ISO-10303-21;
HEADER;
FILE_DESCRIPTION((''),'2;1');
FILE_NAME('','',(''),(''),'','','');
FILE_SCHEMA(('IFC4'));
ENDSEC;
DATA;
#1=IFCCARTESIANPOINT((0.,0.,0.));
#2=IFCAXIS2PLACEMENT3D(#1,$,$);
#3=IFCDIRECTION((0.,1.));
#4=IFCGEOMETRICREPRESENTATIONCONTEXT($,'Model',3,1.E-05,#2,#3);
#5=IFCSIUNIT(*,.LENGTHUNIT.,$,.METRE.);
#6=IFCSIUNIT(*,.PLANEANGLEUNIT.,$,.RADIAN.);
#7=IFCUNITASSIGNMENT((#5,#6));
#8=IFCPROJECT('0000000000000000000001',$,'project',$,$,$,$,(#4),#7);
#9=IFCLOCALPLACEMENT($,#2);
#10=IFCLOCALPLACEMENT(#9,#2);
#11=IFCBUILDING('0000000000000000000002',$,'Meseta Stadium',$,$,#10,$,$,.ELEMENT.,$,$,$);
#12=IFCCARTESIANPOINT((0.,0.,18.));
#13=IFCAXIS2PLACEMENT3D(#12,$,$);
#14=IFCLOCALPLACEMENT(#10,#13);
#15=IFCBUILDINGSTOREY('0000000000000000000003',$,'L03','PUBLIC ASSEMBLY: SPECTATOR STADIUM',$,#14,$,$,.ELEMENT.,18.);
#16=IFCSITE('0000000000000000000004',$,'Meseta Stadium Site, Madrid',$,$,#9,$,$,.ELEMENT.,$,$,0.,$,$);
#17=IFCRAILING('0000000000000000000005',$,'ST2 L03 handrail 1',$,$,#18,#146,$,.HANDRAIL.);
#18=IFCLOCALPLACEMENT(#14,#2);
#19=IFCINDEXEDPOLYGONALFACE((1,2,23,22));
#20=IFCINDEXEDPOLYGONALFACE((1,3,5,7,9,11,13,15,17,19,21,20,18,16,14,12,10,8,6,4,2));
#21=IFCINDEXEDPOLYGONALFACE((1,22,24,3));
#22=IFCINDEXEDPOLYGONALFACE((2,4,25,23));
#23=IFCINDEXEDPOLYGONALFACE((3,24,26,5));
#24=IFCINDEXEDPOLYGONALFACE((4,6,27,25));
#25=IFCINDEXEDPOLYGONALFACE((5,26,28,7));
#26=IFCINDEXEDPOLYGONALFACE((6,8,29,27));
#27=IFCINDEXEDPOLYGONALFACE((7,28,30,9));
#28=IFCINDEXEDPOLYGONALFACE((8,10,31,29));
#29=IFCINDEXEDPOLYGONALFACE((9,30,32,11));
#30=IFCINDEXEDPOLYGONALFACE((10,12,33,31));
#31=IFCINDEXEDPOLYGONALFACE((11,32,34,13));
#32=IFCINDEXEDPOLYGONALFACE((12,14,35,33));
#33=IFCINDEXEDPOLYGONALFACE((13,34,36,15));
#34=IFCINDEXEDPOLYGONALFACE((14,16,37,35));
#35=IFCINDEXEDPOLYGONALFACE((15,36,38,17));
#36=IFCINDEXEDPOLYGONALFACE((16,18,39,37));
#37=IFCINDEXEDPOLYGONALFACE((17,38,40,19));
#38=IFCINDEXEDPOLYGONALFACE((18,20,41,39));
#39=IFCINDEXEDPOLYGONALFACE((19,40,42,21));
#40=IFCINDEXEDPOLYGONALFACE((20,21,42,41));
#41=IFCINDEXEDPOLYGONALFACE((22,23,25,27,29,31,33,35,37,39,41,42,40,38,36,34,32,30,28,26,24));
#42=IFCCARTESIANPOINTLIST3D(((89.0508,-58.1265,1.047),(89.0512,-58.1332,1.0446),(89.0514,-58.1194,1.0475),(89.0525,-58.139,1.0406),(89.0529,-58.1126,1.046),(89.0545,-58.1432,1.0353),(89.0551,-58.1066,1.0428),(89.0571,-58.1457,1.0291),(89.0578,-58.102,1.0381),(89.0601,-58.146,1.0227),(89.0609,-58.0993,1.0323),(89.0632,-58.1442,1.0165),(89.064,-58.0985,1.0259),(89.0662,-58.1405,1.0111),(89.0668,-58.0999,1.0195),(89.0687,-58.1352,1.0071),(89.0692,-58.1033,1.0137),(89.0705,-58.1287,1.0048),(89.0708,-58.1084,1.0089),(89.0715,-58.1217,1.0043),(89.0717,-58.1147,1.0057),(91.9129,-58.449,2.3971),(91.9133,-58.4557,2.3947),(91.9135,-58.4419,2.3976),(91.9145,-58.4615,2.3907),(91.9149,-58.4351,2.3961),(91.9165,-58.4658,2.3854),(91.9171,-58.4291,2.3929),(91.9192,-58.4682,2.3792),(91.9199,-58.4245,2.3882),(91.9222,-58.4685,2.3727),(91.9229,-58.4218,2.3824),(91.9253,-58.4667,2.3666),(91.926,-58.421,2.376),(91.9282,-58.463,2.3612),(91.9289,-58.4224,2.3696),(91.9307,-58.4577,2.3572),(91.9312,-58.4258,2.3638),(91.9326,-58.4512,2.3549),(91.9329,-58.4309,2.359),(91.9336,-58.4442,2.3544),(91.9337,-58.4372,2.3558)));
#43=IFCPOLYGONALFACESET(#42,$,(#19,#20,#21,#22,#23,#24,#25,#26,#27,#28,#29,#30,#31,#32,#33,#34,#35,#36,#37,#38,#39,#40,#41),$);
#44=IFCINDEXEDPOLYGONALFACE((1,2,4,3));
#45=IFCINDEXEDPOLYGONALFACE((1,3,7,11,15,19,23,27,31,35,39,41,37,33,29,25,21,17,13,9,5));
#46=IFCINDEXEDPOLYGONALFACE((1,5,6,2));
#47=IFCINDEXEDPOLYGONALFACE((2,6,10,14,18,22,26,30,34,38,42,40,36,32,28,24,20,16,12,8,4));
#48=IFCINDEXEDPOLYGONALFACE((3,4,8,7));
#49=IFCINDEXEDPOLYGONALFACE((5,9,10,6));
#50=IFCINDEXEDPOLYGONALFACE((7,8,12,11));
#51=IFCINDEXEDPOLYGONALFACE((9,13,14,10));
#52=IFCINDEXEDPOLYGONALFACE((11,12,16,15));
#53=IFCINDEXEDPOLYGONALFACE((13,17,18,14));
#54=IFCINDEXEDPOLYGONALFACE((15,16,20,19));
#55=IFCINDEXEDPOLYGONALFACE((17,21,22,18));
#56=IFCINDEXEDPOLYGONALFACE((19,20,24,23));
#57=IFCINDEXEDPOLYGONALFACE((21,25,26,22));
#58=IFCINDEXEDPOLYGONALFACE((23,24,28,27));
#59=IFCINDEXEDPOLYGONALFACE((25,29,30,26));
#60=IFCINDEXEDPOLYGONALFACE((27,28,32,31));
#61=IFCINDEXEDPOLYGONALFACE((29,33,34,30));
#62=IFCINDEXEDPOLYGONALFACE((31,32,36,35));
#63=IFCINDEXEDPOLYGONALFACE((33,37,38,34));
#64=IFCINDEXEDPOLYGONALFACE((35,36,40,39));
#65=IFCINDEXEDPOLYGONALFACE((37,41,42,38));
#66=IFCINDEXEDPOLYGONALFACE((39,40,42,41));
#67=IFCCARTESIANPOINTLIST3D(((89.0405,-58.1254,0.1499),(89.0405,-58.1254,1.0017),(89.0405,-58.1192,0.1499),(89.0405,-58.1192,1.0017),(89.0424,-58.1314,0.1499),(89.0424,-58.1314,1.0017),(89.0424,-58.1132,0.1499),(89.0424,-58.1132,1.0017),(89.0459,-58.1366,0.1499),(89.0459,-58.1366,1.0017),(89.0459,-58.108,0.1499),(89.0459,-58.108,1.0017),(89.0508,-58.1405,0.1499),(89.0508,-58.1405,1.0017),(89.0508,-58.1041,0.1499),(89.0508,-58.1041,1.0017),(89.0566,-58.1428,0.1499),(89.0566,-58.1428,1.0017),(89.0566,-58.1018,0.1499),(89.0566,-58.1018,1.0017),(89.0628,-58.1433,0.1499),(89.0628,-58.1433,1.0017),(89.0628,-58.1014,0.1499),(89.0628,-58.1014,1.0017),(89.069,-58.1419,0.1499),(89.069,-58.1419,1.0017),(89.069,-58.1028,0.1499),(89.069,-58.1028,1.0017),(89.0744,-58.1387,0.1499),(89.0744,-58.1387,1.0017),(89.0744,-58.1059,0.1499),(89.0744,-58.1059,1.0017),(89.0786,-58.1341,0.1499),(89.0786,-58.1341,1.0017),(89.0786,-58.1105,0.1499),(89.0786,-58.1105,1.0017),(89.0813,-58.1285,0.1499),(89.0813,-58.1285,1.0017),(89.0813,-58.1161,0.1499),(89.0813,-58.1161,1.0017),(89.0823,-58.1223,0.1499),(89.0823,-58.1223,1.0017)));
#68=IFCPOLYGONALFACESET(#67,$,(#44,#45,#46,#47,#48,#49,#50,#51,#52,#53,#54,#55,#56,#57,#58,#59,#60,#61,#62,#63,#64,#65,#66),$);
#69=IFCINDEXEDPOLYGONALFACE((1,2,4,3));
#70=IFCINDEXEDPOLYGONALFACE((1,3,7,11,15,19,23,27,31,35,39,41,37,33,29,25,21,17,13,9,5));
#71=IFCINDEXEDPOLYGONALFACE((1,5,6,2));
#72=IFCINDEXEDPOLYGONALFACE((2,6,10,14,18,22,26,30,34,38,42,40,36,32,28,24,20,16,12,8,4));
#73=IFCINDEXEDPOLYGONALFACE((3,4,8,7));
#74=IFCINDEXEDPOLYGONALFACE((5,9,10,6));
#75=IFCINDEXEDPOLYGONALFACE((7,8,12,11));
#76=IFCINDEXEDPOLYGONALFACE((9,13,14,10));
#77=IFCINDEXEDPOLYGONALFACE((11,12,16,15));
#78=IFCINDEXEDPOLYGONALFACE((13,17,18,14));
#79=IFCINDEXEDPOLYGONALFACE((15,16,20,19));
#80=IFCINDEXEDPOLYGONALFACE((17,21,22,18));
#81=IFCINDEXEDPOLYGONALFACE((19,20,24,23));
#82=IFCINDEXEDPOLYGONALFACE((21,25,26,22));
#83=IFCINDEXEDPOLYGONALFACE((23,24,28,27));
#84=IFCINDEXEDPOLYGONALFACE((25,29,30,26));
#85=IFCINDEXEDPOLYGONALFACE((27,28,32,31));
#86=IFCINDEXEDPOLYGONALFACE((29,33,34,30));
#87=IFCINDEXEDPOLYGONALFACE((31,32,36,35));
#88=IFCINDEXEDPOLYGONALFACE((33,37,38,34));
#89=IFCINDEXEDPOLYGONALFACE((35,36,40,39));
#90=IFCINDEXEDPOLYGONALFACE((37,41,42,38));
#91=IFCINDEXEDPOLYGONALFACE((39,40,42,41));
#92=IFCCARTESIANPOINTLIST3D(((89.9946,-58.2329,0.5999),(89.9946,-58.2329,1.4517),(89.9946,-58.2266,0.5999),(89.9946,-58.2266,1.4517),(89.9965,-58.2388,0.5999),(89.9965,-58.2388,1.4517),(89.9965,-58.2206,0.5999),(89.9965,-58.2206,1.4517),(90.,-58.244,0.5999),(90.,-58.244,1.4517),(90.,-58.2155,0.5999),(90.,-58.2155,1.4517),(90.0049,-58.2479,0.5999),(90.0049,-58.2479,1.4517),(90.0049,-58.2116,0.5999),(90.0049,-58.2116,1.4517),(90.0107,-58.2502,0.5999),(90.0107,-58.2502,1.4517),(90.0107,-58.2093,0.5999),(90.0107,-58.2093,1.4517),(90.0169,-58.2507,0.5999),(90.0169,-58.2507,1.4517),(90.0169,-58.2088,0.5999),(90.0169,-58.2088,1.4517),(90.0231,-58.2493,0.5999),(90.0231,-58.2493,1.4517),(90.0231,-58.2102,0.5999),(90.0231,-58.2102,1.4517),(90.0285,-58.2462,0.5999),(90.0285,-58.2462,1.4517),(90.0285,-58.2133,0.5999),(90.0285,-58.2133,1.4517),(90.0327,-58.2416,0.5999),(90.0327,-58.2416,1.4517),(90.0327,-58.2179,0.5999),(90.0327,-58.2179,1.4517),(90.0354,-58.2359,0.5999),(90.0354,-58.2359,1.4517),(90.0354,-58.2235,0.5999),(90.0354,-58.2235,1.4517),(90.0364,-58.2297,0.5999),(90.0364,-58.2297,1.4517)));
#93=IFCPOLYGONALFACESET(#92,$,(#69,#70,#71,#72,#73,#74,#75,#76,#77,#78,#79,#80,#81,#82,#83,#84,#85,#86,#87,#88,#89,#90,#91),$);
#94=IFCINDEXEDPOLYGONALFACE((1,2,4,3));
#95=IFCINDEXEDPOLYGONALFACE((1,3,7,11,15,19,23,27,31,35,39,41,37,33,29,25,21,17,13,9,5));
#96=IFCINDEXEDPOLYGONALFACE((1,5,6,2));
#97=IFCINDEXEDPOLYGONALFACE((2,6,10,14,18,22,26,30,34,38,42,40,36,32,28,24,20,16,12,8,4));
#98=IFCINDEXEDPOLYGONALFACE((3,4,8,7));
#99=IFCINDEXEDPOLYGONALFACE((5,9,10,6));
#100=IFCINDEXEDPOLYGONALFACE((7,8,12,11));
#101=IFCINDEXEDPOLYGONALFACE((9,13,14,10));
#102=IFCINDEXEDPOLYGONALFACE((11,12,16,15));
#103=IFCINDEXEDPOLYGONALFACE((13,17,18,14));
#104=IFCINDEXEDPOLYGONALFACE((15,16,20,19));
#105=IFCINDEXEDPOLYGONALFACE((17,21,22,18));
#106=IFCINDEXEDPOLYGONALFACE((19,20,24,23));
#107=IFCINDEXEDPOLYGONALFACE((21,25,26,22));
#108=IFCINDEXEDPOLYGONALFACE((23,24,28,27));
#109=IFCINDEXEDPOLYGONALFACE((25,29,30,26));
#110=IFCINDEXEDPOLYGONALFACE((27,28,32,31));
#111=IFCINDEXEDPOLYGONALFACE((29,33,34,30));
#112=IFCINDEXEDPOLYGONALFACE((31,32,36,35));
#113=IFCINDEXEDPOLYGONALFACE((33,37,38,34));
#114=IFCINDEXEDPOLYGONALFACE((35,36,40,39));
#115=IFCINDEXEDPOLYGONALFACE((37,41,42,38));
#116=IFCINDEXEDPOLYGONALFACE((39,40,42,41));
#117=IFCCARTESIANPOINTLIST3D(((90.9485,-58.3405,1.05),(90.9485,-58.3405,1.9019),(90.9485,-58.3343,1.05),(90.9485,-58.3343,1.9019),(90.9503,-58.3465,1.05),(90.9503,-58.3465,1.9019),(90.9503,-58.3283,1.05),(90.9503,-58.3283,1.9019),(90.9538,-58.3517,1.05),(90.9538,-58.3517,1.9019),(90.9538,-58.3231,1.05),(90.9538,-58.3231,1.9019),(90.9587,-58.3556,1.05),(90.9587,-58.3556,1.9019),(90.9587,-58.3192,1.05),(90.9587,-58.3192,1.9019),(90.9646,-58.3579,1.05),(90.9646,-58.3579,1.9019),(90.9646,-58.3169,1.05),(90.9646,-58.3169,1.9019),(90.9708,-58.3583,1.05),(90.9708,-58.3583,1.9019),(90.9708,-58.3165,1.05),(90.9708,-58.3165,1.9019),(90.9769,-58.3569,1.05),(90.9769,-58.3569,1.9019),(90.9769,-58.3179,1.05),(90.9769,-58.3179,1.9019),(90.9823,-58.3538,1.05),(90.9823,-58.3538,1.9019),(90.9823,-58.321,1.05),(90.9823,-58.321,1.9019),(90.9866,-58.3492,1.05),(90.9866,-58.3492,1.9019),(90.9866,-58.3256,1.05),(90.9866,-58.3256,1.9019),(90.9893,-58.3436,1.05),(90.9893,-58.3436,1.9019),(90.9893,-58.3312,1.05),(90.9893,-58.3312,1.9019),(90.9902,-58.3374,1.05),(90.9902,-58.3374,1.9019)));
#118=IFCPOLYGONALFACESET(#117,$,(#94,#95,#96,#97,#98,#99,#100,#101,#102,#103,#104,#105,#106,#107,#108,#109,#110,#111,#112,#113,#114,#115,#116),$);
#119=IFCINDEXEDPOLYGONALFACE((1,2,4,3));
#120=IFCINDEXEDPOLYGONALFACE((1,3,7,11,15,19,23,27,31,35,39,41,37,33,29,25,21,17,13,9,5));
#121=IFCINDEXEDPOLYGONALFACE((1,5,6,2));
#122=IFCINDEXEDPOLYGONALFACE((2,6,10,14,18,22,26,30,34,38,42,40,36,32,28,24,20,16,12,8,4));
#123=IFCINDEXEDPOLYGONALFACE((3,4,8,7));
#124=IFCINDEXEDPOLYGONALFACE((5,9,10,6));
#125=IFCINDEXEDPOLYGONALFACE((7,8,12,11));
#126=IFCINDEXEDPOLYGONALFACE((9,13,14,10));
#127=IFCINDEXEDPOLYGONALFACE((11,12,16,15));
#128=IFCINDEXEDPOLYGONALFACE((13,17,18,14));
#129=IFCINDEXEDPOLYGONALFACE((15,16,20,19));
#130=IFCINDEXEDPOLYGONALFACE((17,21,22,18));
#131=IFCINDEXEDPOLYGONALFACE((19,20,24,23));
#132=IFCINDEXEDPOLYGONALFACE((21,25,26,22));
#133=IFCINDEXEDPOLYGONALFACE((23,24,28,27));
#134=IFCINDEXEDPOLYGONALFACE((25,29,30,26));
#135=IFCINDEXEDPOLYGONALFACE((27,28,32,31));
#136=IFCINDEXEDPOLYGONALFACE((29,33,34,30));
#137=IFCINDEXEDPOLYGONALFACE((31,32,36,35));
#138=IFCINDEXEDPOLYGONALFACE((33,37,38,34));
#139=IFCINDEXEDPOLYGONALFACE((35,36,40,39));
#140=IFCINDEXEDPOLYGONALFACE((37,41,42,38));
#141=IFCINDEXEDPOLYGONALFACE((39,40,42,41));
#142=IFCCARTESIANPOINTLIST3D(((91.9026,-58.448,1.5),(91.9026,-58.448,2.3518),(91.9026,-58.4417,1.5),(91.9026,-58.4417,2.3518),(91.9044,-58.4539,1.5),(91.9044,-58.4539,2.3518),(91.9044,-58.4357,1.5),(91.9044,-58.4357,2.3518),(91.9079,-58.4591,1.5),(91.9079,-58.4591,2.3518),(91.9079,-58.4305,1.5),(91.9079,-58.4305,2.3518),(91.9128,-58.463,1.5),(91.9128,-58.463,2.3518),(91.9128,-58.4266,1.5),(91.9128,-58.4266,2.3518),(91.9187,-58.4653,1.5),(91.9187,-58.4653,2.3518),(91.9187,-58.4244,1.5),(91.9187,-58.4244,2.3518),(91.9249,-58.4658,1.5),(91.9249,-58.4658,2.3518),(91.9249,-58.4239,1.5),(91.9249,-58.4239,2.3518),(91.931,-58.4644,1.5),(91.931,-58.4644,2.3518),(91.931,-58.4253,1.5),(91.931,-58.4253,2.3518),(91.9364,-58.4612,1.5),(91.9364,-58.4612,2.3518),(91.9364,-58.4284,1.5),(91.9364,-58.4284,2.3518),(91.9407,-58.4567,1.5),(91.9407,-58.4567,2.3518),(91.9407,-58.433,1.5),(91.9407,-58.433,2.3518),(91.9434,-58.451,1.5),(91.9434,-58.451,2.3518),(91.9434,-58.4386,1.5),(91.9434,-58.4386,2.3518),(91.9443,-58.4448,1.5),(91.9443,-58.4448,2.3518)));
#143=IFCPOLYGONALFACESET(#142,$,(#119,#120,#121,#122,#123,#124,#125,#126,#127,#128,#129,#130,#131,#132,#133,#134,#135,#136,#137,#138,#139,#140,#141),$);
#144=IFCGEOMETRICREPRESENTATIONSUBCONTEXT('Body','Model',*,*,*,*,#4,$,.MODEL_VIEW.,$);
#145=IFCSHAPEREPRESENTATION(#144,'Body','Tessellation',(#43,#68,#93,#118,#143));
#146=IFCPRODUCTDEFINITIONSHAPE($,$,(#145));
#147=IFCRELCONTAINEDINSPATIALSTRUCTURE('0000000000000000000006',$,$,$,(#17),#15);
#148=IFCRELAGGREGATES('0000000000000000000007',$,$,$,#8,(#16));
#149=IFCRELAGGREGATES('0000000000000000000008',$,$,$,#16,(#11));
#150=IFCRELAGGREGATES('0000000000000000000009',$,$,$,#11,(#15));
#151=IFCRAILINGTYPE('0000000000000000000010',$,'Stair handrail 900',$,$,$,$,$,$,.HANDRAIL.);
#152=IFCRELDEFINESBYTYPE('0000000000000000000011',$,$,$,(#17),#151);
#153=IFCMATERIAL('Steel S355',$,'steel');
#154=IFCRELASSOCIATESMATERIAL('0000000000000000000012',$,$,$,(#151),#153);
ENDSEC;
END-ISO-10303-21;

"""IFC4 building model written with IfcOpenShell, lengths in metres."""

from ifc_helpers import new_model, si_unit, direction, frame, origin, origin_2d, place, context, subcontext, project, spatial, circle, extrude, material, type_object, element, save


model = new_model("IFC4")

# Units and contexts
model_context = context("Model", 3, precision=1e-05, world=origin(), true_north=direction((0.0, 1.0)))
body_context = subcontext(model_context, "Body", "Model", "MODEL_VIEW")
ifc_project = project(units=[si_unit("LENGTHUNIT", "METRE"), si_unit("PLANEANGLEUNIT", "RADIAN")], contexts=[model_context])

# Site, building, storey
site_placement = place(None, origin())
site = spatial("IfcSite", under=ifc_project, at=site_placement, Name="Meseta Stadium Site, Madrid", CompositionType="ELEMENT", RefElevation=0.0)
building_placement = place(site_placement, origin())
building = spatial("IfcBuilding", under=site, at=building_placement, Name="Meseta Stadium", CompositionType="ELEMENT")
storey_placement = place(building_placement, frame((0.0, 0.0, 18.0)))
storey = spatial("IfcBuildingStorey", under=building, at=storey_placement, Name="L03", Description="PUBLIC ASSEMBLY: SPECTATOR STADIUM", CompositionType="ELEMENT", Elevation=18.0)

# Railing
ifc_material_1 = material(Name="Steel S355", Category="steel")
railing_type_1 = type_object("IfcRailingType", Name="Stair handrail 900", PredefinedType="HANDRAIL", material=ifc_material_1)
for number, where, name in (
    (1, (89.0613, -58.1223, 0.1499), "ST2 L03 handrail 1"),
):
    element("IfcRailing", number, at=place(storey_placement, frame(where)), inside=storey, type_object=railing_type_1, Name=name, PredefinedType="HANDRAIL", context=body_context, shape_type="SweptSolid", body=[
        extrude(circle(Radius=0.0239, at=origin_2d()), frame((0.0, 0.0, 0.876), z_axis=(0.899763, -0.101389, 0.424438), x_axis=(0.111976, 0.993711, 0.0)), (0.0, 0.0, 1.0), 3.1809),
        extrude(circle(Radius=0.021, at=origin_2d()), origin(), (0.0, 0.0, 1.0), 0.8518),
        extrude(circle(Radius=0.021, at=origin_2d()), frame((0.9541, -0.1074, 0.45)), (0.0, 0.0, 1.0), 0.8518),
        extrude(circle(Radius=0.021, at=origin_2d()), frame((1.908, -0.2151, 0.9001)), (0.0, 0.0, 1.0), 0.8518),
        extrude(circle(Radius=0.021, at=origin_2d()), frame((2.8621, -0.3225, 1.3501)), (0.0, 0.0, 1.0), 0.8518),
    ])

save(model, "model.ifc")
